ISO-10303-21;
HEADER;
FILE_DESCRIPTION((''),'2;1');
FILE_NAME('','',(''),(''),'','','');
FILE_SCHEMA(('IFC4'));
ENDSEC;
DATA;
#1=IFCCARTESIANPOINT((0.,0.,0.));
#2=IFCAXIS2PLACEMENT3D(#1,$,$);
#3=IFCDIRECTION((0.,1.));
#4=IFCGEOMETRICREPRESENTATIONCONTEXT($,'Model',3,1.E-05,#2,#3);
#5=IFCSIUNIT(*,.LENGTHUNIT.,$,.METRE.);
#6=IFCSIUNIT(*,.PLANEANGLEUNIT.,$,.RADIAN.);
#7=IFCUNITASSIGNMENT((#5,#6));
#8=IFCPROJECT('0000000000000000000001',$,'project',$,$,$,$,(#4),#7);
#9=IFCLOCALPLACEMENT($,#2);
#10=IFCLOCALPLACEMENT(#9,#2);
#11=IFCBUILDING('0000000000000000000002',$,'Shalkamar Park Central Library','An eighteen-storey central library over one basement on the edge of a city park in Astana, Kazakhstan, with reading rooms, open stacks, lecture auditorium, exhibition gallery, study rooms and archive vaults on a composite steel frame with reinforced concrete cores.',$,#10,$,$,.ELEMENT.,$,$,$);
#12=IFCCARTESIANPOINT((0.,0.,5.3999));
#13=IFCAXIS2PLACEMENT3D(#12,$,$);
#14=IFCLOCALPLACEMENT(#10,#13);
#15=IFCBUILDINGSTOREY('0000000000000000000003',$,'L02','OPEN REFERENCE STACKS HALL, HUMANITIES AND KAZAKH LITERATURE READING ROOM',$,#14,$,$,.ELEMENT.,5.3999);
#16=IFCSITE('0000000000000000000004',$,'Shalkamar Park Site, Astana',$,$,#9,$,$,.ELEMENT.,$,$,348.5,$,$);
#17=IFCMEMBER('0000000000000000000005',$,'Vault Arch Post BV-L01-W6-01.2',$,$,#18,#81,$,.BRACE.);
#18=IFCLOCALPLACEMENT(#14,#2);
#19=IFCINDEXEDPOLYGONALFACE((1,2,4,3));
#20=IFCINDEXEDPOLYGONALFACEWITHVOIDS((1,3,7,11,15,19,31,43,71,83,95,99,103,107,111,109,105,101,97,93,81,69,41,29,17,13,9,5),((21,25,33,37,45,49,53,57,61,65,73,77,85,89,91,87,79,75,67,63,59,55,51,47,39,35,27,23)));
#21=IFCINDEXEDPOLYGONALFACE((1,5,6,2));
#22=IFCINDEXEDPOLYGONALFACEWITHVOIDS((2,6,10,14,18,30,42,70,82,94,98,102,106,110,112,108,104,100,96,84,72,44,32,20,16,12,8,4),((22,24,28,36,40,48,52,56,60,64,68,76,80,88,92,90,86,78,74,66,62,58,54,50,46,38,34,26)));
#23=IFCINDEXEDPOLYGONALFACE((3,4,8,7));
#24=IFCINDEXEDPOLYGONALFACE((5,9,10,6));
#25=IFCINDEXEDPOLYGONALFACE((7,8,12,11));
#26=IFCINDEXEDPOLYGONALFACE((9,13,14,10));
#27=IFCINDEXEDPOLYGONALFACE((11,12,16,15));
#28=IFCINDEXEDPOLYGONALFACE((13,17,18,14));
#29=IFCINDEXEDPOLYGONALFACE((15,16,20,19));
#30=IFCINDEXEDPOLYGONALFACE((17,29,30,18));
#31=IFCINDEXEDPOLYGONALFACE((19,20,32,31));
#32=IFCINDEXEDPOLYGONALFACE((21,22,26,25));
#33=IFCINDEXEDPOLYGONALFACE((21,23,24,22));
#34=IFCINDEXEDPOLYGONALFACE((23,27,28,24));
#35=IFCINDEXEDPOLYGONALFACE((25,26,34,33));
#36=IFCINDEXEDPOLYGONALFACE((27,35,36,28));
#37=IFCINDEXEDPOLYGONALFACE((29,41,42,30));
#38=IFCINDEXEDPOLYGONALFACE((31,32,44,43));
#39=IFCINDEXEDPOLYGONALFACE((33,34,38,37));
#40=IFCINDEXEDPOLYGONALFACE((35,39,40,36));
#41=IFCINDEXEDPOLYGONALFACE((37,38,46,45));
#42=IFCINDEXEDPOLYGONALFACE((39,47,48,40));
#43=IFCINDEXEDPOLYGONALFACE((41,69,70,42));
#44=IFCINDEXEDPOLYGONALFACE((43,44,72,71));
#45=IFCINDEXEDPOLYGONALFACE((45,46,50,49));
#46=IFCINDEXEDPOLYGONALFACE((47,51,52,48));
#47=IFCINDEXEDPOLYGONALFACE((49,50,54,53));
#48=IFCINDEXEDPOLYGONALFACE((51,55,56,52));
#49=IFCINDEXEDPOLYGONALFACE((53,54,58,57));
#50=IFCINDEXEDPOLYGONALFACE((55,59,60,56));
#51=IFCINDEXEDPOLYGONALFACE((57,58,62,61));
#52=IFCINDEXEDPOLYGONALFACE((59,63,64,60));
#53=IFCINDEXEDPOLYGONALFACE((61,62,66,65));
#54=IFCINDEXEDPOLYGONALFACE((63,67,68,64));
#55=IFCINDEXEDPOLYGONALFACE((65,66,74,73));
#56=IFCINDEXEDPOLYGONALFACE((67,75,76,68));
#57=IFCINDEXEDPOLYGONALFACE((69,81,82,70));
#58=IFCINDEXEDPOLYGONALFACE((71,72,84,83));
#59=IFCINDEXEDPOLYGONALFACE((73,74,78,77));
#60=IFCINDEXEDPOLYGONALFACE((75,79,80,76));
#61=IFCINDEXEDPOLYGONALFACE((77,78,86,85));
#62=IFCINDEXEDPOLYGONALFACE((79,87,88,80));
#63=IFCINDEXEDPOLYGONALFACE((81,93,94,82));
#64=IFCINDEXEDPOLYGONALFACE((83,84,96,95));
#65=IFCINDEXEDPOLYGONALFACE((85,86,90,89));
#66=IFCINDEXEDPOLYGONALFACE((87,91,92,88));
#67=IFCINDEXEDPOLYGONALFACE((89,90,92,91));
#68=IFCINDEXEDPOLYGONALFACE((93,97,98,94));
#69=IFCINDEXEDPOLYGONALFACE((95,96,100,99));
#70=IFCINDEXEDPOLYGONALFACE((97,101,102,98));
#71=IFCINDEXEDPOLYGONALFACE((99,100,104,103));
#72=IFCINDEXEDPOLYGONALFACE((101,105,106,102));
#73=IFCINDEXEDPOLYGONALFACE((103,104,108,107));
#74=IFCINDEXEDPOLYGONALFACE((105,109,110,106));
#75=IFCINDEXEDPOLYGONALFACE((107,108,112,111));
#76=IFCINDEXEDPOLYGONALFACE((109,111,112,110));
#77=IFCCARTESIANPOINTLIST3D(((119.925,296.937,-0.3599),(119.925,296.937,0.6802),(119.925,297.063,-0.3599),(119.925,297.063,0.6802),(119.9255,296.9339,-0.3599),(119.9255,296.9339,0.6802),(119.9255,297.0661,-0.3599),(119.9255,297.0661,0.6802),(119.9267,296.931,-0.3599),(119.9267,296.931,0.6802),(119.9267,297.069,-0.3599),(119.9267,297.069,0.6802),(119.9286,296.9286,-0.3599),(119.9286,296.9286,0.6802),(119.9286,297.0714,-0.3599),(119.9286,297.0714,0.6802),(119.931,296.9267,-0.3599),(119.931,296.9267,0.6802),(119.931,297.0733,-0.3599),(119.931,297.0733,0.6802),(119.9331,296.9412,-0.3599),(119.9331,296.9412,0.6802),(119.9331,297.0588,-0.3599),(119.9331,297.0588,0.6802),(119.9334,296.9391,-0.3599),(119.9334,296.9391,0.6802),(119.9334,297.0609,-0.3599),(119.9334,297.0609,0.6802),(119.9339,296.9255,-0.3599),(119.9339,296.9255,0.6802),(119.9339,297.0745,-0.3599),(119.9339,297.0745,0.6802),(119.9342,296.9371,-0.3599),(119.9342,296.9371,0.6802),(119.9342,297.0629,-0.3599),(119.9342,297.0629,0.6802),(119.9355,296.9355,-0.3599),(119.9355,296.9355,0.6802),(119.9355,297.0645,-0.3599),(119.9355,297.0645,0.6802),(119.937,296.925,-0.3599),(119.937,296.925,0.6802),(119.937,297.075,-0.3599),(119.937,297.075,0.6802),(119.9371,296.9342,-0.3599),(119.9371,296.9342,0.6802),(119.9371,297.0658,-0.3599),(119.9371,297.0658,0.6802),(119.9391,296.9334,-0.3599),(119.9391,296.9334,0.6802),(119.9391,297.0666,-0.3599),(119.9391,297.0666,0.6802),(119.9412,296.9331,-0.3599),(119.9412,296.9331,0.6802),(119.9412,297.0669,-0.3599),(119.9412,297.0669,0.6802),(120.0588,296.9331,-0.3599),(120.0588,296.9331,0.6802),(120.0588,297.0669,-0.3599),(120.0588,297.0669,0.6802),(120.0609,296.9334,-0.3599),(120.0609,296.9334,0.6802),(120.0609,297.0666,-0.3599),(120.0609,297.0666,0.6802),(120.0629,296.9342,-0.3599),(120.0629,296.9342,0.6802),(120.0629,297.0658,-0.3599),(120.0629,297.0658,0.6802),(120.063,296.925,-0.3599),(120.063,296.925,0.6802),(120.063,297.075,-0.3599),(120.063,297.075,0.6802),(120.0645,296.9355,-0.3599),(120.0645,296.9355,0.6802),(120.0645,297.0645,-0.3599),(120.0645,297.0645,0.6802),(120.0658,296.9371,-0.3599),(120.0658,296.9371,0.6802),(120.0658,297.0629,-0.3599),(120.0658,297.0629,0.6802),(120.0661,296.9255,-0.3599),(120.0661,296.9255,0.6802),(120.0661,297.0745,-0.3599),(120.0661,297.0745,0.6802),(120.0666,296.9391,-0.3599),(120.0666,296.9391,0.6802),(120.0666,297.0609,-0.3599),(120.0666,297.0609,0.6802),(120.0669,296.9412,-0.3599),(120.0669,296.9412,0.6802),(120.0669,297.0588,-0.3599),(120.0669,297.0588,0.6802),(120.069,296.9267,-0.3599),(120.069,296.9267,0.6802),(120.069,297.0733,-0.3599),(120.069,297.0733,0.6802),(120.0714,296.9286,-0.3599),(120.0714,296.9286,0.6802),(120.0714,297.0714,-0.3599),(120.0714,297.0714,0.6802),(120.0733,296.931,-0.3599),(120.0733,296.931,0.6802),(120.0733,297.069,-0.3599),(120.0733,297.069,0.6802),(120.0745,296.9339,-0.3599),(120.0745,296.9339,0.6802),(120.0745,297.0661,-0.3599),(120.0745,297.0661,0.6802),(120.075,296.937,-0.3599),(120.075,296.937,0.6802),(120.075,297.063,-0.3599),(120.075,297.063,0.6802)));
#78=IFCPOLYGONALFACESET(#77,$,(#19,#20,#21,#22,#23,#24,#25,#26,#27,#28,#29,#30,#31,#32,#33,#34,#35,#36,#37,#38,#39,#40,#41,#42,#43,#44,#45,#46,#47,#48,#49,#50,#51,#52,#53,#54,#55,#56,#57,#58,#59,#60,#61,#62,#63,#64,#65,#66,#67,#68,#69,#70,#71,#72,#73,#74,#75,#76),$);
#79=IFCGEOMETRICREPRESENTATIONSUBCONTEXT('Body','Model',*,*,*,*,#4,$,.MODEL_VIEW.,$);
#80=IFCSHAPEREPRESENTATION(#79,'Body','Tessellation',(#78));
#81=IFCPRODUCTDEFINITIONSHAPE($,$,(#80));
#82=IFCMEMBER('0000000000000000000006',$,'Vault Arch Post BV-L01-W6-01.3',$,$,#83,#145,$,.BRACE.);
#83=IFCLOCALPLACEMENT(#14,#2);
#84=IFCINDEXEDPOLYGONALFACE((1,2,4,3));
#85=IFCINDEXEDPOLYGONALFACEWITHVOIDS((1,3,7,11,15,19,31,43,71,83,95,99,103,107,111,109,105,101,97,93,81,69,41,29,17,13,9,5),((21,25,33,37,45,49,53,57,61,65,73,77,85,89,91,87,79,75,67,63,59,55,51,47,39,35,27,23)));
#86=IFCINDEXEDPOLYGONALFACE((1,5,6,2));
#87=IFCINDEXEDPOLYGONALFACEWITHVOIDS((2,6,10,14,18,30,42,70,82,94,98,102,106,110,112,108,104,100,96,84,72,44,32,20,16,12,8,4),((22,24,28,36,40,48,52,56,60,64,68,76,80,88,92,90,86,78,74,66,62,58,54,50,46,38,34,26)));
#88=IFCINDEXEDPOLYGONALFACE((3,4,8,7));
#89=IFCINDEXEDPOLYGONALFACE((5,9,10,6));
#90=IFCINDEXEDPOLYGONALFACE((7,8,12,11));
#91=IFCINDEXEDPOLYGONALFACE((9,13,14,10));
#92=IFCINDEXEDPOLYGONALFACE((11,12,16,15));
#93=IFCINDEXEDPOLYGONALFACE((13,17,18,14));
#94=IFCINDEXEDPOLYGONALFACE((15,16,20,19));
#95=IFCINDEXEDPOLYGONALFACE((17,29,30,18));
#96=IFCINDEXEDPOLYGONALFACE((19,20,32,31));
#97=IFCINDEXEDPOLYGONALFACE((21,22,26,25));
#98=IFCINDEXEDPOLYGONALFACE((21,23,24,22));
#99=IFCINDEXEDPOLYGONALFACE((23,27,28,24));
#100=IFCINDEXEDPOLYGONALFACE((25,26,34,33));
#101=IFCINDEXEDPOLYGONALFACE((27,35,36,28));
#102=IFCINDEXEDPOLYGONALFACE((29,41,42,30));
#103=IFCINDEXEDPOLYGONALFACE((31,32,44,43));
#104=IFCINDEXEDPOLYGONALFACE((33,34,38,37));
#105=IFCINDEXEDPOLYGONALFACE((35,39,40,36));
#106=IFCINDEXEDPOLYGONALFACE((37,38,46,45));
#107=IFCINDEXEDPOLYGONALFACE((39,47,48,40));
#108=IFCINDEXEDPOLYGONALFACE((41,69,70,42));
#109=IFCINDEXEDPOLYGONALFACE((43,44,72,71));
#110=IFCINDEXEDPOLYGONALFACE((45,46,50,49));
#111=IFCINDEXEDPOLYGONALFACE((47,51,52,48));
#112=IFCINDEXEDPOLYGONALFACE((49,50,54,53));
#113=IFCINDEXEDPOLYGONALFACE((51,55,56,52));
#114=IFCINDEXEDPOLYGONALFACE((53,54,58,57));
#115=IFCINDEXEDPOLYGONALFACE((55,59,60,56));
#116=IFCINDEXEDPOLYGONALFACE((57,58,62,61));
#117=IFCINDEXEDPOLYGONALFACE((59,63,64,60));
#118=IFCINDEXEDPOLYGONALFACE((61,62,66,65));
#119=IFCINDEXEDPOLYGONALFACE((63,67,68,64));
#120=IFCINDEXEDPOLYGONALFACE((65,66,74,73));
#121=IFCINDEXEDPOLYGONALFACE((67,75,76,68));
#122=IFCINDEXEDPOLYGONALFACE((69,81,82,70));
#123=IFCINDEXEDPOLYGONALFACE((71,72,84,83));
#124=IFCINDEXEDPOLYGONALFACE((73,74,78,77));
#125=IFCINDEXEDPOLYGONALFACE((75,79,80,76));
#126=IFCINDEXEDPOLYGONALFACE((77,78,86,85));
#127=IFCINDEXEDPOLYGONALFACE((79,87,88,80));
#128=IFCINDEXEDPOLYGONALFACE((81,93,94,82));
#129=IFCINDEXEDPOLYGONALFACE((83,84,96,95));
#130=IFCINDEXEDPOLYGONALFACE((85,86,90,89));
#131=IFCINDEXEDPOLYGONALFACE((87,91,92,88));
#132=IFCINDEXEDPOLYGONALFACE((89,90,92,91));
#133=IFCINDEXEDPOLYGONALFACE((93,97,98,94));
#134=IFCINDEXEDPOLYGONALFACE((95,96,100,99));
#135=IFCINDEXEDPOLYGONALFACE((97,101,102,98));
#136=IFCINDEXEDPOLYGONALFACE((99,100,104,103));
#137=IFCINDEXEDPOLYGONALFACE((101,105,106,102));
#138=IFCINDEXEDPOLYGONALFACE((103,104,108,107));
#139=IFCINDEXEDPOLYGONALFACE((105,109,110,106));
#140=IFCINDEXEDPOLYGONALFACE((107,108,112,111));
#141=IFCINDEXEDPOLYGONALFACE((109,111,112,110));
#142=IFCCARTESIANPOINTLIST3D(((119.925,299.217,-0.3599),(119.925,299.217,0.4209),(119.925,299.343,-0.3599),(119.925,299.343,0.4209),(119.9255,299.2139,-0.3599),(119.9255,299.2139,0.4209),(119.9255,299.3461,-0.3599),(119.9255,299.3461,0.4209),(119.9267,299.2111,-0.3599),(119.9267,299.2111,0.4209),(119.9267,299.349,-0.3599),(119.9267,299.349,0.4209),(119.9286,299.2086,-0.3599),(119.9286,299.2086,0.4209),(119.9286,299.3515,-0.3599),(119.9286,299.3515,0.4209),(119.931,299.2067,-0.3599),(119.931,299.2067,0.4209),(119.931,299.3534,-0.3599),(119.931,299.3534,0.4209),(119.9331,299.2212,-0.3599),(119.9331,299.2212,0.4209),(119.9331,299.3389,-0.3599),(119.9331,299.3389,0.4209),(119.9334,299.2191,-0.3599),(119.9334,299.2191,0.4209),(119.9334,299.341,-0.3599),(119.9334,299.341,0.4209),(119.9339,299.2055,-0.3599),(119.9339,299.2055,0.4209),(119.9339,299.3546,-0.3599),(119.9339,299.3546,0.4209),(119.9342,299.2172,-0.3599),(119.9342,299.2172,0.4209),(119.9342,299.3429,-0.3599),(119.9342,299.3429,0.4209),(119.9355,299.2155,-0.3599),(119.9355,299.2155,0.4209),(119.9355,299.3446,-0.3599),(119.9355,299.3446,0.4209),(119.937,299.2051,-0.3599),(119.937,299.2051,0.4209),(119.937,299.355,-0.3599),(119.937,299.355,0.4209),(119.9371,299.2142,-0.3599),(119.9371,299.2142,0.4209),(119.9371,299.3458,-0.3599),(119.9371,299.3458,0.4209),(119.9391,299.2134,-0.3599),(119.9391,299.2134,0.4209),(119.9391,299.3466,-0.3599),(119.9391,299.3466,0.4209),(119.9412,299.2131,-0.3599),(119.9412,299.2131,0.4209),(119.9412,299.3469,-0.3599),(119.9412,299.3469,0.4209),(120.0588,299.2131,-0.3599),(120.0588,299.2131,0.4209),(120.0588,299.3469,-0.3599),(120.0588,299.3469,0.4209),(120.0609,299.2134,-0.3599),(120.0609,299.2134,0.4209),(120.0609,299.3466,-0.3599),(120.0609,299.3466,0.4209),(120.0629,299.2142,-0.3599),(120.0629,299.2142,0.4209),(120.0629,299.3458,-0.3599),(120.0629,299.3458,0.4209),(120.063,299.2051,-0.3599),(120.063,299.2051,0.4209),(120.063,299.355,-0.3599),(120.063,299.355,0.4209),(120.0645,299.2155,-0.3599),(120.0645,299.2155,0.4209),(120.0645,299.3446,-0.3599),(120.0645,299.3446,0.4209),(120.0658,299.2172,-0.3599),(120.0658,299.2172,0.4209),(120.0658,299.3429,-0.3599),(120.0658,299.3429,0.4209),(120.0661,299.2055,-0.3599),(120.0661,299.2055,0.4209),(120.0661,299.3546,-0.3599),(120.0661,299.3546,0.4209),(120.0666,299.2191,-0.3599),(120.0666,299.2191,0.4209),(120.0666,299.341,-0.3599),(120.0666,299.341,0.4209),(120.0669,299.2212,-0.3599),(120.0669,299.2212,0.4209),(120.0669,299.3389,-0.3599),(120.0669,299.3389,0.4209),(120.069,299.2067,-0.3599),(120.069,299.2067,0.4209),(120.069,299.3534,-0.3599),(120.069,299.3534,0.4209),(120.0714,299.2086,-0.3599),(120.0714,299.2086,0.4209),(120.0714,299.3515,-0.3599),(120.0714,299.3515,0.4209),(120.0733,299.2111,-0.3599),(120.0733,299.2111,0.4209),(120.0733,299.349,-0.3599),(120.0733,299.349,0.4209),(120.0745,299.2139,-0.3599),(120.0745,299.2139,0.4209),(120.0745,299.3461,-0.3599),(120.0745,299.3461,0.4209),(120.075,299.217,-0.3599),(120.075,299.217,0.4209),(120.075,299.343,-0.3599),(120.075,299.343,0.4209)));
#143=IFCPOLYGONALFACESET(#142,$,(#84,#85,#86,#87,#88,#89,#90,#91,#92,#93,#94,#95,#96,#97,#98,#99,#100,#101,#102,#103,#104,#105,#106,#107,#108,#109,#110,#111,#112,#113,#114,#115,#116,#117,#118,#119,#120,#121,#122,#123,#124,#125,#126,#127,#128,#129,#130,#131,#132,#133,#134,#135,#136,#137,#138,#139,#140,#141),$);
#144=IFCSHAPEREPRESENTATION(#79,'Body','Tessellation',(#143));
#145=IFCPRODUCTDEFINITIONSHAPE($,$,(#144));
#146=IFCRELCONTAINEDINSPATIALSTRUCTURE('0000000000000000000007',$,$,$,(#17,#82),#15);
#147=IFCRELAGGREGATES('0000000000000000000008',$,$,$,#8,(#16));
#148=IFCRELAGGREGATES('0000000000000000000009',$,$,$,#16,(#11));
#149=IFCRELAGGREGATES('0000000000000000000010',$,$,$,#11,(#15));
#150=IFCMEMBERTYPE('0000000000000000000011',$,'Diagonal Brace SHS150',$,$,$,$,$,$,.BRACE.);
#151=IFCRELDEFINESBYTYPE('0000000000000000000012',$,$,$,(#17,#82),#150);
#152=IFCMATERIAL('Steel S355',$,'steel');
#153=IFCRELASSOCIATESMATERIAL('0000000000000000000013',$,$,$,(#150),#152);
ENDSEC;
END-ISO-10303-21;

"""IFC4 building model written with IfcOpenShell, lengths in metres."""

from ifc_helpers import new_model, si_unit, direction, frame, origin, origin_2d, place, context, subcontext, project, spatial, hollow_rectangle, extrude, material, material_profile, profile_set, type_object, element, save


model = new_model("IFC4")

# Units and contexts
model_context = context("Model", 3, precision=1e-05, world=origin(), true_north=direction((0.0, 1.0)))
body_context = subcontext(model_context, "Body", "Model", "MODEL_VIEW")
ifc_project = project(units=[si_unit("LENGTHUNIT", "METRE"), si_unit("PLANEANGLEUNIT", "RADIAN")], contexts=[model_context])

# Site, building, storey
site_placement = place(None, origin())
site = spatial("IfcSite", under=ifc_project, at=site_placement, Name="Shalkamar Park Site, Astana", CompositionType="ELEMENT", RefElevation=348.5)
building_placement = place(site_placement, origin())
building = spatial("IfcBuilding", under=site, at=building_placement, Name="Shalkamar Park Central Library", Description="An eighteen-storey central library over one basement on the edge of a city park in Astana, Kazakhstan, with reading rooms, open stacks, lecture auditorium, exhibition gallery, study rooms and archive vaults on a composite steel frame with reinforced concrete cores.", CompositionType="ELEMENT")
storey_placement = place(building_placement, frame((0.0, 0.0, 5.3999)))
storey = spatial("IfcBuildingStorey", under=building, at=storey_placement, Name="L02", Description="OPEN REFERENCE STACKS HALL, HUMANITIES AND KAZAKH LITERATURE READING ROOM", CompositionType="ELEMENT", Elevation=5.3999)

# Members
ifc_material_1 = material(Name="Steel S355", Category="steel")
ifc_material_profile_1 = material_profile(ifc_material_1, hollow_rectangle(XDim=0.1499, YDim=0.1499, WallThickness=0.0081, InnerFilletRadius=0.0081, OuterFilletRadius=0.012, at=origin_2d()), Name="SHS 150x150x8")
ifc_profile_set_1 = profile_set([ifc_material_profile_1], Name="Steel S355")
member_type_1 = type_object("IfcMemberType", Name="Diagonal Brace SHS150", PredefinedType="BRACE", material=ifc_profile_set_1)
member_1_placement = place(storey_placement, frame((120.0, 297.0, -0.3599), z_axis=(0.0, 0.0, 1.0), x_axis=(1.0, 0.0, 0.0)))
element("IfcMember", 1, at=member_1_placement, inside=storey, type_object=member_type_1, Name="Vault Arch Post BV-L01-W6-01.2", PredefinedType="BRACE", context=body_context, shape_type="SweptSolid", body=[
    extrude(hollow_rectangle(XDim=0.1499, YDim=0.1499, WallThickness=0.0081, InnerFilletRadius=0.0081, OuterFilletRadius=0.012, at=origin_2d()), origin(), (0.0, 0.0, 1.0), 1.04),
])
for number, where, z_axis, x_axis, name in (
    (2, (120.0, 299.28, -0.3599), (0.0, 0.0, 1.0), (1.0, 0.0, 0.0), "Vault Arch Post BV-L01-W6-01.3"),
):
    element("IfcMember", number, at=place(storey_placement, frame(where, z_axis=z_axis, x_axis=x_axis)), inside=storey, type_object=member_type_1, Name=name, PredefinedType="BRACE", context=body_context, shape_type="SweptSolid", body=[
        extrude(hollow_rectangle(XDim=0.1499, YDim=0.1499, WallThickness=0.0081, InnerFilletRadius=0.0081, OuterFilletRadius=0.012, at=origin_2d()), origin(), (0.0, 0.0, 1.0), 0.7808),
    ])

save(model, "model.ifc")
